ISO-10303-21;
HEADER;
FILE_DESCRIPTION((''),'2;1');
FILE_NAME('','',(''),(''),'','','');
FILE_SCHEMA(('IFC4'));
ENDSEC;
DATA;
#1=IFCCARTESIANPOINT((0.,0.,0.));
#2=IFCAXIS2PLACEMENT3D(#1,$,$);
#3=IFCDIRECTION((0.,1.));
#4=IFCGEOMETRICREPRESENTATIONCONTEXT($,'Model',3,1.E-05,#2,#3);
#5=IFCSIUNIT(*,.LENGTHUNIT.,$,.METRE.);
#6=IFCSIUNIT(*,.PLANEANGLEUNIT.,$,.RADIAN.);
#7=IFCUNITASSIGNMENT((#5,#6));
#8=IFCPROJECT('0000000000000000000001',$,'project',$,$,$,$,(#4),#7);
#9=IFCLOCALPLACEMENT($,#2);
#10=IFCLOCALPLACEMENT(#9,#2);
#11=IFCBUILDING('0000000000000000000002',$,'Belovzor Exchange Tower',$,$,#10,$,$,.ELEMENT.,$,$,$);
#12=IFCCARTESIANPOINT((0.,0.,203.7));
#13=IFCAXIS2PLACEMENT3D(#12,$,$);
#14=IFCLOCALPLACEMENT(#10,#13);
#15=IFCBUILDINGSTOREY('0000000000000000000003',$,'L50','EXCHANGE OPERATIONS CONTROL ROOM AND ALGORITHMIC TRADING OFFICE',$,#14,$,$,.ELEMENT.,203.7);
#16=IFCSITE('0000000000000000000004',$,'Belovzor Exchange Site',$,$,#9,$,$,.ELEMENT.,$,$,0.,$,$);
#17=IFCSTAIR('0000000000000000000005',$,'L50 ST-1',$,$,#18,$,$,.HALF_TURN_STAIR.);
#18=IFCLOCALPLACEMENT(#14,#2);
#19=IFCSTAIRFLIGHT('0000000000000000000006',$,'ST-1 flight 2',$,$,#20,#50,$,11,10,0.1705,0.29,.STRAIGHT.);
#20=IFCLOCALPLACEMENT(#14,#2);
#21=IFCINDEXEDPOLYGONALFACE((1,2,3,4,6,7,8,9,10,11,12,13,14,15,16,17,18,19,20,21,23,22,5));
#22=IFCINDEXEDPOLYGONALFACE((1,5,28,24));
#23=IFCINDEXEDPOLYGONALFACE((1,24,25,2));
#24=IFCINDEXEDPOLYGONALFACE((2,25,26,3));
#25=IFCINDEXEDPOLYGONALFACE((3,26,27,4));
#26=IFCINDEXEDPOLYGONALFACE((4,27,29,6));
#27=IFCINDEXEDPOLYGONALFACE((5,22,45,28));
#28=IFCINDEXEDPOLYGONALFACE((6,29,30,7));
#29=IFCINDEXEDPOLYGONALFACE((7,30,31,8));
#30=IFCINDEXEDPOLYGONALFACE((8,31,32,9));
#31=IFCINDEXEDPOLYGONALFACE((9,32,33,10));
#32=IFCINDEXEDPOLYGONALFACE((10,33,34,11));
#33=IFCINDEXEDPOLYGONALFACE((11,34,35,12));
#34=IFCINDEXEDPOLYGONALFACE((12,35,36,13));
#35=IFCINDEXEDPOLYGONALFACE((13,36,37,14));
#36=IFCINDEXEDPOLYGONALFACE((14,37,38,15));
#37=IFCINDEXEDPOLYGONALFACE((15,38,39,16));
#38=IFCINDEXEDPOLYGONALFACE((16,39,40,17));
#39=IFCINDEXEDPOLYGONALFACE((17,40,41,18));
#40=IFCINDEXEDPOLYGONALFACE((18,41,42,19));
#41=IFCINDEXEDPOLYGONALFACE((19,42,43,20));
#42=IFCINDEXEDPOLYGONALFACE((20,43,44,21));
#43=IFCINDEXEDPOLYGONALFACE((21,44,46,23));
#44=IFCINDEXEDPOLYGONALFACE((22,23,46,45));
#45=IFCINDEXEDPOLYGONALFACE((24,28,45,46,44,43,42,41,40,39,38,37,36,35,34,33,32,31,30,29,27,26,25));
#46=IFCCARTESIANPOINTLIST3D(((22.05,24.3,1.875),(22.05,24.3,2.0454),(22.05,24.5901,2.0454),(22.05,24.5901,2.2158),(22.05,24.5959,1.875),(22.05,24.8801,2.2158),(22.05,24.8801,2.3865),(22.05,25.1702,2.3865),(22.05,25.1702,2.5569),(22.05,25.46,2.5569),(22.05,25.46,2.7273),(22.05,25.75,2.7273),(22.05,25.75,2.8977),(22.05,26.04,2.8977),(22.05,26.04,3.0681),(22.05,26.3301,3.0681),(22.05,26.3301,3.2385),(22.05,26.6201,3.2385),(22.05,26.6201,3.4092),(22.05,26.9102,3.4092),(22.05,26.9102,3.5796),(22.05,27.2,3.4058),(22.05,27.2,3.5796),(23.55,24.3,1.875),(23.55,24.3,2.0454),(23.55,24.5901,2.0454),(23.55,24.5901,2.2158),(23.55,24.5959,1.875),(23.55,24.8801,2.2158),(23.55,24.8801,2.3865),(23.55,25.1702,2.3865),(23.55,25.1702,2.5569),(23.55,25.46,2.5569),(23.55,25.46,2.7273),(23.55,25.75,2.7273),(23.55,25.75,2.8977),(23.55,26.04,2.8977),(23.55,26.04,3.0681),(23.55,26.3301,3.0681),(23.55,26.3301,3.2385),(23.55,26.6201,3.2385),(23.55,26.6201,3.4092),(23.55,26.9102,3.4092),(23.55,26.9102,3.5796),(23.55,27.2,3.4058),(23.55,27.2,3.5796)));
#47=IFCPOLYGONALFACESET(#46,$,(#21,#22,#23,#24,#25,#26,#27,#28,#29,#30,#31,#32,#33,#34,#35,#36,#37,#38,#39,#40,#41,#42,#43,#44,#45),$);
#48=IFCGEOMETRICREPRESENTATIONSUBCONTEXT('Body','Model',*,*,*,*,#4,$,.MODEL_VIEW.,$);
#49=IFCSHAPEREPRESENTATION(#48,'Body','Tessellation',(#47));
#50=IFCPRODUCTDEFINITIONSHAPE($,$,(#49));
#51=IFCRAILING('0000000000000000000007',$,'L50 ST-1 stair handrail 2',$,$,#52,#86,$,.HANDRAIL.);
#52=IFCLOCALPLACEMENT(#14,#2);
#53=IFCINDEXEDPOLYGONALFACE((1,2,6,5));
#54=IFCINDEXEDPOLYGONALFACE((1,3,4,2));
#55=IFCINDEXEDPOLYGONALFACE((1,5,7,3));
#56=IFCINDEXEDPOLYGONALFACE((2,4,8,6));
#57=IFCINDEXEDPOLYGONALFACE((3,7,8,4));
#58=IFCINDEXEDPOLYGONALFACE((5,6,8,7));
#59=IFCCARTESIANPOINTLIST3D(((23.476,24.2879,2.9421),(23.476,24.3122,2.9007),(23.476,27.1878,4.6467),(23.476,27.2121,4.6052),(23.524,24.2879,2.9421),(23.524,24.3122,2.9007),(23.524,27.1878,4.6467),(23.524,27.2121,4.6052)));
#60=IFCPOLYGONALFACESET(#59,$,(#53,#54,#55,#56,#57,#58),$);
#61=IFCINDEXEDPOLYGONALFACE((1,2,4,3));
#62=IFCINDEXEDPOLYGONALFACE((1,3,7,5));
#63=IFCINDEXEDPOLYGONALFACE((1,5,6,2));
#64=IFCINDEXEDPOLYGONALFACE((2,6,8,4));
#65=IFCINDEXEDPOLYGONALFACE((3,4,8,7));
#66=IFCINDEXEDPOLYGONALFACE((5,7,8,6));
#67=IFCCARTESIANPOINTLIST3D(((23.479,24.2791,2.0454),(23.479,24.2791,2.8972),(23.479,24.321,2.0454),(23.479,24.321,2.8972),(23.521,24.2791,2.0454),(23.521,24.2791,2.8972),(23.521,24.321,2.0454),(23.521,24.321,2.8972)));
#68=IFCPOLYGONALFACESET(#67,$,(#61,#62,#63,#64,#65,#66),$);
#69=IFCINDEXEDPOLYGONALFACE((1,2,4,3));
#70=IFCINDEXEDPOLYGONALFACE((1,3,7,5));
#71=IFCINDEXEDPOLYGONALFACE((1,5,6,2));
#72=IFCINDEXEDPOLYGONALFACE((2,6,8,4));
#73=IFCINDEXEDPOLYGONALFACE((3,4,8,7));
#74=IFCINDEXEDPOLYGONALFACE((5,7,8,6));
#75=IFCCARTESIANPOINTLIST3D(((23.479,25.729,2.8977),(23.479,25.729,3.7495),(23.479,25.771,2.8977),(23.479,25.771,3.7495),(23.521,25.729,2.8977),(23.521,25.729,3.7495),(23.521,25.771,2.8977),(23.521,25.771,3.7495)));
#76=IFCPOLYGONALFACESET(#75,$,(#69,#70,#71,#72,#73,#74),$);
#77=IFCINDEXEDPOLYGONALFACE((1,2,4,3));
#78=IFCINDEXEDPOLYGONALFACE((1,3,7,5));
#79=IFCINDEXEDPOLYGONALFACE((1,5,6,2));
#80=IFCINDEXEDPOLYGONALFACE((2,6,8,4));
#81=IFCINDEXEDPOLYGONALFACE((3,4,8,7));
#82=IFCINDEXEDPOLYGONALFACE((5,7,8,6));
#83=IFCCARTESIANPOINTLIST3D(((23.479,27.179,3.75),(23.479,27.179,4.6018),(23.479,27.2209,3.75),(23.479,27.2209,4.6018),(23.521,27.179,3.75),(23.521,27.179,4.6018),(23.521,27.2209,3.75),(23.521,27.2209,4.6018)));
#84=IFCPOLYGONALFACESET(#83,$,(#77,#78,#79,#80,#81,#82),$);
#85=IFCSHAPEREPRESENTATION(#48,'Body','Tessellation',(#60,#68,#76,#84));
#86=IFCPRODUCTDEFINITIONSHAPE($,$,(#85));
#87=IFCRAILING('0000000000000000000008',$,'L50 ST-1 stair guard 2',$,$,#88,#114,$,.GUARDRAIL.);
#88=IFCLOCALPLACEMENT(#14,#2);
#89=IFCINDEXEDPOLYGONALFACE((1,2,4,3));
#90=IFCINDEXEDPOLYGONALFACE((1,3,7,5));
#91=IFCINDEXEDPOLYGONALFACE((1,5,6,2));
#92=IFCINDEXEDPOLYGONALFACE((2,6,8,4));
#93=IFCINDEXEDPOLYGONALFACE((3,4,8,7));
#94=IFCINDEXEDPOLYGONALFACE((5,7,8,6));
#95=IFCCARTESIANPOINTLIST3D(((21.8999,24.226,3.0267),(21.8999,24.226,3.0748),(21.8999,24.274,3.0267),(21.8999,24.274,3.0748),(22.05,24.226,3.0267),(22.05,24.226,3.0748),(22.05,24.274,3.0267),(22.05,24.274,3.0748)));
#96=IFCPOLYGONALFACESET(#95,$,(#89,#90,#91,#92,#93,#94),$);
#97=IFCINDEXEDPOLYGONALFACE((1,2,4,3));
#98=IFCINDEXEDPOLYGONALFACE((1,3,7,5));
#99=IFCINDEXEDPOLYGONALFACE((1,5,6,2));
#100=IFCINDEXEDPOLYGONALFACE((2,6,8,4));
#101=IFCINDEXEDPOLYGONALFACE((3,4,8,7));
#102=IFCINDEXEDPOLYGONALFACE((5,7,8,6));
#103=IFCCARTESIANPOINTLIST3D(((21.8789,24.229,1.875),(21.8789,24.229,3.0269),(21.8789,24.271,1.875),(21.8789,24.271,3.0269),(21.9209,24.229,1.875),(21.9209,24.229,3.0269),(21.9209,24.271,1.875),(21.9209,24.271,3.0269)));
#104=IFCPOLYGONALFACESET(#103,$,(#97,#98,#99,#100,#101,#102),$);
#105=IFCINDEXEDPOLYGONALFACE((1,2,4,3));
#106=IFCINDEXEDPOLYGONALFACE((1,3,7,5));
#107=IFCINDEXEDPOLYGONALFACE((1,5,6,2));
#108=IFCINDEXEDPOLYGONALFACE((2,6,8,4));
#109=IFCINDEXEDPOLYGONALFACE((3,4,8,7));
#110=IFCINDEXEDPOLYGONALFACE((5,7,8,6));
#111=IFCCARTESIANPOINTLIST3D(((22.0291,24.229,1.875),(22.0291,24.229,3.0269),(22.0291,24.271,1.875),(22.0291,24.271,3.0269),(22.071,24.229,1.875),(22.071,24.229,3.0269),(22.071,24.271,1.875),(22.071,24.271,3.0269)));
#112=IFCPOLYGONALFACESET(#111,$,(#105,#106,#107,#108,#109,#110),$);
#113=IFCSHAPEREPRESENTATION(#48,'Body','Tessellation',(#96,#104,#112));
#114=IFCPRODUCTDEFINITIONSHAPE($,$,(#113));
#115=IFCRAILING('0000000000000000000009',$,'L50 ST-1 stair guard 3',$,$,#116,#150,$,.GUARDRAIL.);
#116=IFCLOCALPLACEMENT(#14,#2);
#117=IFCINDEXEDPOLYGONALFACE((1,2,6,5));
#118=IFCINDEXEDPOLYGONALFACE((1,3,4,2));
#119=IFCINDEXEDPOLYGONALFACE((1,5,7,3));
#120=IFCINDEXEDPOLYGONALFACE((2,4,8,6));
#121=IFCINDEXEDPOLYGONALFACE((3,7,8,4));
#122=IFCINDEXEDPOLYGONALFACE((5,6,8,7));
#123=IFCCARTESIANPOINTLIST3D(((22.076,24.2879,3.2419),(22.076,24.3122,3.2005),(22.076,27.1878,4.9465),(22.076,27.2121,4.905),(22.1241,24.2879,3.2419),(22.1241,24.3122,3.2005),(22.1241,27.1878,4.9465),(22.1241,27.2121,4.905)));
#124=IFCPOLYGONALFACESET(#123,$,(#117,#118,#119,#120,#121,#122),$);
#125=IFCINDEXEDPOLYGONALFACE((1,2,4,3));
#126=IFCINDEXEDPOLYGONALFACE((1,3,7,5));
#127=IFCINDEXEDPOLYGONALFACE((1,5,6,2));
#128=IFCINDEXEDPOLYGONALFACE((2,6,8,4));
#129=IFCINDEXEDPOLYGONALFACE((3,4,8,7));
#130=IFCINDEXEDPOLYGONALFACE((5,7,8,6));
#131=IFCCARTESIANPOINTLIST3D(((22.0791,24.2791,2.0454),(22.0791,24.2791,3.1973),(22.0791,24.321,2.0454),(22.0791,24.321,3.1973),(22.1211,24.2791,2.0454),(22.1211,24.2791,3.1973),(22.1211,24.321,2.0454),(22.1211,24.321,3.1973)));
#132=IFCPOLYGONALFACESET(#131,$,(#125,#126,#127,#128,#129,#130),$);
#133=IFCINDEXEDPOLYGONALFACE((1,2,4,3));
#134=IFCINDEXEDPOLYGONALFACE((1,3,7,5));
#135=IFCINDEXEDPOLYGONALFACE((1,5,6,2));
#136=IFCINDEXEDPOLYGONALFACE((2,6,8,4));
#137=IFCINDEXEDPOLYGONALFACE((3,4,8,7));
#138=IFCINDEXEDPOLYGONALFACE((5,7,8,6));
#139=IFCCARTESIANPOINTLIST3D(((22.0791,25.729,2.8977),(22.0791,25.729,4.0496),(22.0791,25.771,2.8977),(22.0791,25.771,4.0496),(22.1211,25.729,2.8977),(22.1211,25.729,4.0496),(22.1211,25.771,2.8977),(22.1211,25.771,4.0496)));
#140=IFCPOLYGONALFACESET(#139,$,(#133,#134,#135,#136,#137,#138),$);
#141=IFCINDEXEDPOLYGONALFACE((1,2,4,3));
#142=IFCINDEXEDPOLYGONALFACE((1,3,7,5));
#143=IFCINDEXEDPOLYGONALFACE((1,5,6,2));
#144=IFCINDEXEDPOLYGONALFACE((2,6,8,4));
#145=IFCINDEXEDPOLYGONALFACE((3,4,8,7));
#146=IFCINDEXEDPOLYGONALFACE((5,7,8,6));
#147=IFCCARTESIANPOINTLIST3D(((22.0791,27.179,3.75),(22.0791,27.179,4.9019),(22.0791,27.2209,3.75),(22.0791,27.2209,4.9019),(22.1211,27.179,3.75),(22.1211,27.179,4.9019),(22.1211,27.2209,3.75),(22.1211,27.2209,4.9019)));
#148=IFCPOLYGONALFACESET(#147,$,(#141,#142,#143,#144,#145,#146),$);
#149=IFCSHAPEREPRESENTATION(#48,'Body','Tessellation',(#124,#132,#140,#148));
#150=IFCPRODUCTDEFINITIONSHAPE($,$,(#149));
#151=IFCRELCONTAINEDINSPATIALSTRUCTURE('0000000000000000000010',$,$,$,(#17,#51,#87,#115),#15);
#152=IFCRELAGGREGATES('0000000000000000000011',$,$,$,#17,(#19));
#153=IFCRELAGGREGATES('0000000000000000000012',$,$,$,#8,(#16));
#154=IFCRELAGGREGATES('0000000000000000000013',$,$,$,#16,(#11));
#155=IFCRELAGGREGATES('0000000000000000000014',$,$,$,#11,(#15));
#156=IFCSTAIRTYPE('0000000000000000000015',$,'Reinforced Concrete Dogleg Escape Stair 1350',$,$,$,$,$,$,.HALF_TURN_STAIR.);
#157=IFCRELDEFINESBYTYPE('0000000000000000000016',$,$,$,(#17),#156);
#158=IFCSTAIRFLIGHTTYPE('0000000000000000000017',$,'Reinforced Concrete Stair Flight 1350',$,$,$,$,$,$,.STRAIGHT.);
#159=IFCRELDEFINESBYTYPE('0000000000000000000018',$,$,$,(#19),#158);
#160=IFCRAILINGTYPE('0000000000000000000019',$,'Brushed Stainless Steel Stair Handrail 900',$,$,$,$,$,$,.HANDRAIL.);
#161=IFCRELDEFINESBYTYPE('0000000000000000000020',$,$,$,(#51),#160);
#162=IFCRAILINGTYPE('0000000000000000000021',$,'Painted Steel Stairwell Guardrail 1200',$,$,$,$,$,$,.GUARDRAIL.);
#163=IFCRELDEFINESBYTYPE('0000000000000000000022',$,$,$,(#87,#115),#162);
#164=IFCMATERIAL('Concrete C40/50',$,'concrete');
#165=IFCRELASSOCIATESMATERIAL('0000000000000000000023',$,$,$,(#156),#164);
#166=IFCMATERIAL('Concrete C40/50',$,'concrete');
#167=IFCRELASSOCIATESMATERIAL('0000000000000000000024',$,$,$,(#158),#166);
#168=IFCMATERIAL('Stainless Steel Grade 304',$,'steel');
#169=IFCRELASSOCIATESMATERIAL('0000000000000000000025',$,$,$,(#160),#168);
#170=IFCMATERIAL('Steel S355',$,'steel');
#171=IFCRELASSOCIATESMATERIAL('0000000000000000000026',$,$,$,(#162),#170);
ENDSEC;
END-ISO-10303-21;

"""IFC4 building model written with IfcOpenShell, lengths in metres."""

from ifc_helpers import new_model, si_unit, direction, frame, origin, origin_2d, place, context, subcontext, project, spatial, polyline, rectangle, outline, extrude, material, type_object, element, aggregate, save


model = new_model("IFC4")

# Units and contexts
model_context = context("Model", 3, precision=1e-05, world=origin(), true_north=direction((0.0, 1.0)))
body_context = subcontext(model_context, "Body", "Model", "MODEL_VIEW")
ifc_project = project(units=[si_unit("LENGTHUNIT", "METRE"), si_unit("PLANEANGLEUNIT", "RADIAN")], contexts=[model_context])

# Site, building, storey
site_placement = place(None, origin())
site = spatial("IfcSite", under=ifc_project, at=site_placement, Name="Belovzor Exchange Site", CompositionType="ELEMENT", RefElevation=0.0)
building_placement = place(site_placement, origin())
building = spatial("IfcBuilding", under=site, at=building_placement, Name="Belovzor Exchange Tower", CompositionType="ELEMENT")
storey_placement = place(building_placement, frame((0.0, 0.0, 203.7)))
storey = spatial("IfcBuildingStorey", under=building, at=storey_placement, Name="L50", Description="EXCHANGE OPERATIONS CONTROL ROOM AND ALGORITHMIC TRADING OFFICE", CompositionType="ELEMENT", Elevation=203.7)

# Stair, stair flight
ifc_material_1 = material(Name="Concrete C40/50", Category="concrete")
stair_type = type_object("IfcStairType", Name="Reinforced Concrete Dogleg Escape Stair 1350", PredefinedType="HALF_TURN_STAIR", material=ifc_material_1)
stair_placement = place(storey_placement, origin())
stair = element("IfcStair", 1, at=stair_placement, inside=storey, type_object=stair_type, Name="L50 ST-1", PredefinedType="HALF_TURN_STAIR")
ifc_material_2 = material(Name="Concrete C40/50", Category="concrete")
stair_flight_type = type_object("IfcStairFlightType", Name="Reinforced Concrete Stair Flight 1350", PredefinedType="STRAIGHT", material=ifc_material_2)
stair_flight_placement = place(storey_placement, frame((22.8, 24.3, 1.875), z_axis=(0.0, 0.0, 1.0), x_axis=(0.0, 1.0, 0.0)))
stair_flight = element("IfcStairFlight", 2, at=stair_flight_placement, type_object=stair_flight_type, Name="ST-1 flight 2", NumberOfRisers=11, NumberOfTreads=10, PredefinedType="STRAIGHT", RiserHeight=0.1705, TreadLength=0.29, context=body_context, shape_type="SweptSolid", body=[
    extrude(outline(polyline([(0.0, 0.0), (0.0, 0.1704), (0.29, 0.1704), (0.29, 0.3408), (0.5801, 0.3408), (0.5801, 0.5115), (0.8701, 0.5115), (0.8701, 0.6819), (1.1599, 0.6819), (1.1599, 0.8523), (1.45, 0.8523), (1.45, 1.0227), (1.74, 1.0227), (1.74, 1.1931), (2.03, 1.1931), (2.03, 1.3635), (2.3201, 1.3635), (2.3201, 1.5342), (2.6101, 1.5342), (2.6101, 1.7046), (2.8999, 1.7046), (2.8999, 1.875), (2.8999, 1.5308), (0.2959, 0.0), (0.0, 0.0)])), frame((0.0, 0.75, 0.0), z_axis=(0.0, -1.0, 0.0), x_axis=(1.0, 0.0, 0.0)), (0.0, 0.0, 1.0), 1.5),
])
aggregate(stair, [stair_flight])

# Railings
ifc_material_3 = material(Name="Stainless Steel Grade 304", Category="steel")
railing_type_1 = type_object("IfcRailingType", Name="Brushed Stainless Steel Stair Handrail 900", PredefinedType="HANDRAIL", material=ifc_material_3)
railing_1_placement = place(storey_placement, frame((23.5, 24.3, 2.0454)))
element("IfcRailing", 3, at=railing_1_placement, inside=storey, type_object=railing_type_1, Name="L50 ST-1 stair handrail 2", PredefinedType="HANDRAIL", context=body_context, shape_type="SweptSolid", body=[
    extrude(rectangle(XDim=0.0481, YDim=0.0481, at=origin_2d()), frame((0.0, 0.0, 0.876), z_axis=(0.0, 0.862095, 0.506747), x_axis=(-1.0, 0.0, 0.0)), (0.0, 0.0, 1.0), 3.3638),
    extrude(rectangle(XDim=0.042, YDim=0.042, at=origin_2d()), origin(), (0.0, 0.0, 1.0), 0.8518),
    extrude(rectangle(XDim=0.042, YDim=0.042, at=origin_2d()), frame((0.0, 1.45, 0.8523)), (0.0, 0.0, 1.0), 0.8518),
    extrude(rectangle(XDim=0.042, YDim=0.042, at=origin_2d()), frame((0.0, 2.8999, 1.7046)), (0.0, 0.0, 1.0), 0.8518),
])
ifc_material_4 = material(Name="Steel S355", Category="steel")
railing_type_2 = type_object("IfcRailingType", Name="Painted Steel Stairwell Guardrail 1200", PredefinedType="GUARDRAIL", material=ifc_material_4)
railing_2_placement = place(storey_placement, frame((21.8999, 24.25, 1.875)))
element("IfcRailing", 4, at=railing_2_placement, inside=storey, type_object=railing_type_2, Name="L50 ST-1 stair guard 2", PredefinedType="GUARDRAIL", context=body_context, shape_type="SweptSolid", body=[
    extrude(rectangle(XDim=0.0481, YDim=0.0481, at=origin_2d()), frame((0.0, 0.0, 1.1758), z_axis=(1.0, 0.0, 0.0), x_axis=(0.0, 1.0, 0.0)), (0.0, 0.0, 1.0), 0.1501),
    extrude(rectangle(XDim=0.042, YDim=0.042, at=origin_2d()), origin(), (0.0, 0.0, 1.0), 1.1519),
    extrude(rectangle(XDim=0.042, YDim=0.042, at=origin_2d()), frame((0.1501, 0.0, 0.0)), (0.0, 0.0, 1.0), 1.1519),
])
railing_3_placement = place(storey_placement, frame((22.1001, 24.3, 2.0454)))
element("IfcRailing", 5, at=railing_3_placement, inside=storey, type_object=railing_type_2, Name="L50 ST-1 stair guard 3", PredefinedType="GUARDRAIL", context=body_context, shape_type="SweptSolid", body=[
    extrude(rectangle(XDim=0.0481, YDim=0.0481, at=origin_2d()), frame((0.0, 0.0, 1.1758), z_axis=(0.0, 0.862095, 0.506747), x_axis=(-1.0, 0.0, 0.0)), (0.0, 0.0, 1.0), 3.3638),
    extrude(rectangle(XDim=0.042, YDim=0.042, at=origin_2d()), origin(), (0.0, 0.0, 1.0), 1.1519),
    extrude(rectangle(XDim=0.042, YDim=0.042, at=origin_2d()), frame((0.0, 1.45, 0.8523)), (0.0, 0.0, 1.0), 1.1519),
    extrude(rectangle(XDim=0.042, YDim=0.042, at=origin_2d()), frame((0.0, 2.8999, 1.7046)), (0.0, 0.0, 1.0), 1.1519),
])

save(model, "model.ifc")
